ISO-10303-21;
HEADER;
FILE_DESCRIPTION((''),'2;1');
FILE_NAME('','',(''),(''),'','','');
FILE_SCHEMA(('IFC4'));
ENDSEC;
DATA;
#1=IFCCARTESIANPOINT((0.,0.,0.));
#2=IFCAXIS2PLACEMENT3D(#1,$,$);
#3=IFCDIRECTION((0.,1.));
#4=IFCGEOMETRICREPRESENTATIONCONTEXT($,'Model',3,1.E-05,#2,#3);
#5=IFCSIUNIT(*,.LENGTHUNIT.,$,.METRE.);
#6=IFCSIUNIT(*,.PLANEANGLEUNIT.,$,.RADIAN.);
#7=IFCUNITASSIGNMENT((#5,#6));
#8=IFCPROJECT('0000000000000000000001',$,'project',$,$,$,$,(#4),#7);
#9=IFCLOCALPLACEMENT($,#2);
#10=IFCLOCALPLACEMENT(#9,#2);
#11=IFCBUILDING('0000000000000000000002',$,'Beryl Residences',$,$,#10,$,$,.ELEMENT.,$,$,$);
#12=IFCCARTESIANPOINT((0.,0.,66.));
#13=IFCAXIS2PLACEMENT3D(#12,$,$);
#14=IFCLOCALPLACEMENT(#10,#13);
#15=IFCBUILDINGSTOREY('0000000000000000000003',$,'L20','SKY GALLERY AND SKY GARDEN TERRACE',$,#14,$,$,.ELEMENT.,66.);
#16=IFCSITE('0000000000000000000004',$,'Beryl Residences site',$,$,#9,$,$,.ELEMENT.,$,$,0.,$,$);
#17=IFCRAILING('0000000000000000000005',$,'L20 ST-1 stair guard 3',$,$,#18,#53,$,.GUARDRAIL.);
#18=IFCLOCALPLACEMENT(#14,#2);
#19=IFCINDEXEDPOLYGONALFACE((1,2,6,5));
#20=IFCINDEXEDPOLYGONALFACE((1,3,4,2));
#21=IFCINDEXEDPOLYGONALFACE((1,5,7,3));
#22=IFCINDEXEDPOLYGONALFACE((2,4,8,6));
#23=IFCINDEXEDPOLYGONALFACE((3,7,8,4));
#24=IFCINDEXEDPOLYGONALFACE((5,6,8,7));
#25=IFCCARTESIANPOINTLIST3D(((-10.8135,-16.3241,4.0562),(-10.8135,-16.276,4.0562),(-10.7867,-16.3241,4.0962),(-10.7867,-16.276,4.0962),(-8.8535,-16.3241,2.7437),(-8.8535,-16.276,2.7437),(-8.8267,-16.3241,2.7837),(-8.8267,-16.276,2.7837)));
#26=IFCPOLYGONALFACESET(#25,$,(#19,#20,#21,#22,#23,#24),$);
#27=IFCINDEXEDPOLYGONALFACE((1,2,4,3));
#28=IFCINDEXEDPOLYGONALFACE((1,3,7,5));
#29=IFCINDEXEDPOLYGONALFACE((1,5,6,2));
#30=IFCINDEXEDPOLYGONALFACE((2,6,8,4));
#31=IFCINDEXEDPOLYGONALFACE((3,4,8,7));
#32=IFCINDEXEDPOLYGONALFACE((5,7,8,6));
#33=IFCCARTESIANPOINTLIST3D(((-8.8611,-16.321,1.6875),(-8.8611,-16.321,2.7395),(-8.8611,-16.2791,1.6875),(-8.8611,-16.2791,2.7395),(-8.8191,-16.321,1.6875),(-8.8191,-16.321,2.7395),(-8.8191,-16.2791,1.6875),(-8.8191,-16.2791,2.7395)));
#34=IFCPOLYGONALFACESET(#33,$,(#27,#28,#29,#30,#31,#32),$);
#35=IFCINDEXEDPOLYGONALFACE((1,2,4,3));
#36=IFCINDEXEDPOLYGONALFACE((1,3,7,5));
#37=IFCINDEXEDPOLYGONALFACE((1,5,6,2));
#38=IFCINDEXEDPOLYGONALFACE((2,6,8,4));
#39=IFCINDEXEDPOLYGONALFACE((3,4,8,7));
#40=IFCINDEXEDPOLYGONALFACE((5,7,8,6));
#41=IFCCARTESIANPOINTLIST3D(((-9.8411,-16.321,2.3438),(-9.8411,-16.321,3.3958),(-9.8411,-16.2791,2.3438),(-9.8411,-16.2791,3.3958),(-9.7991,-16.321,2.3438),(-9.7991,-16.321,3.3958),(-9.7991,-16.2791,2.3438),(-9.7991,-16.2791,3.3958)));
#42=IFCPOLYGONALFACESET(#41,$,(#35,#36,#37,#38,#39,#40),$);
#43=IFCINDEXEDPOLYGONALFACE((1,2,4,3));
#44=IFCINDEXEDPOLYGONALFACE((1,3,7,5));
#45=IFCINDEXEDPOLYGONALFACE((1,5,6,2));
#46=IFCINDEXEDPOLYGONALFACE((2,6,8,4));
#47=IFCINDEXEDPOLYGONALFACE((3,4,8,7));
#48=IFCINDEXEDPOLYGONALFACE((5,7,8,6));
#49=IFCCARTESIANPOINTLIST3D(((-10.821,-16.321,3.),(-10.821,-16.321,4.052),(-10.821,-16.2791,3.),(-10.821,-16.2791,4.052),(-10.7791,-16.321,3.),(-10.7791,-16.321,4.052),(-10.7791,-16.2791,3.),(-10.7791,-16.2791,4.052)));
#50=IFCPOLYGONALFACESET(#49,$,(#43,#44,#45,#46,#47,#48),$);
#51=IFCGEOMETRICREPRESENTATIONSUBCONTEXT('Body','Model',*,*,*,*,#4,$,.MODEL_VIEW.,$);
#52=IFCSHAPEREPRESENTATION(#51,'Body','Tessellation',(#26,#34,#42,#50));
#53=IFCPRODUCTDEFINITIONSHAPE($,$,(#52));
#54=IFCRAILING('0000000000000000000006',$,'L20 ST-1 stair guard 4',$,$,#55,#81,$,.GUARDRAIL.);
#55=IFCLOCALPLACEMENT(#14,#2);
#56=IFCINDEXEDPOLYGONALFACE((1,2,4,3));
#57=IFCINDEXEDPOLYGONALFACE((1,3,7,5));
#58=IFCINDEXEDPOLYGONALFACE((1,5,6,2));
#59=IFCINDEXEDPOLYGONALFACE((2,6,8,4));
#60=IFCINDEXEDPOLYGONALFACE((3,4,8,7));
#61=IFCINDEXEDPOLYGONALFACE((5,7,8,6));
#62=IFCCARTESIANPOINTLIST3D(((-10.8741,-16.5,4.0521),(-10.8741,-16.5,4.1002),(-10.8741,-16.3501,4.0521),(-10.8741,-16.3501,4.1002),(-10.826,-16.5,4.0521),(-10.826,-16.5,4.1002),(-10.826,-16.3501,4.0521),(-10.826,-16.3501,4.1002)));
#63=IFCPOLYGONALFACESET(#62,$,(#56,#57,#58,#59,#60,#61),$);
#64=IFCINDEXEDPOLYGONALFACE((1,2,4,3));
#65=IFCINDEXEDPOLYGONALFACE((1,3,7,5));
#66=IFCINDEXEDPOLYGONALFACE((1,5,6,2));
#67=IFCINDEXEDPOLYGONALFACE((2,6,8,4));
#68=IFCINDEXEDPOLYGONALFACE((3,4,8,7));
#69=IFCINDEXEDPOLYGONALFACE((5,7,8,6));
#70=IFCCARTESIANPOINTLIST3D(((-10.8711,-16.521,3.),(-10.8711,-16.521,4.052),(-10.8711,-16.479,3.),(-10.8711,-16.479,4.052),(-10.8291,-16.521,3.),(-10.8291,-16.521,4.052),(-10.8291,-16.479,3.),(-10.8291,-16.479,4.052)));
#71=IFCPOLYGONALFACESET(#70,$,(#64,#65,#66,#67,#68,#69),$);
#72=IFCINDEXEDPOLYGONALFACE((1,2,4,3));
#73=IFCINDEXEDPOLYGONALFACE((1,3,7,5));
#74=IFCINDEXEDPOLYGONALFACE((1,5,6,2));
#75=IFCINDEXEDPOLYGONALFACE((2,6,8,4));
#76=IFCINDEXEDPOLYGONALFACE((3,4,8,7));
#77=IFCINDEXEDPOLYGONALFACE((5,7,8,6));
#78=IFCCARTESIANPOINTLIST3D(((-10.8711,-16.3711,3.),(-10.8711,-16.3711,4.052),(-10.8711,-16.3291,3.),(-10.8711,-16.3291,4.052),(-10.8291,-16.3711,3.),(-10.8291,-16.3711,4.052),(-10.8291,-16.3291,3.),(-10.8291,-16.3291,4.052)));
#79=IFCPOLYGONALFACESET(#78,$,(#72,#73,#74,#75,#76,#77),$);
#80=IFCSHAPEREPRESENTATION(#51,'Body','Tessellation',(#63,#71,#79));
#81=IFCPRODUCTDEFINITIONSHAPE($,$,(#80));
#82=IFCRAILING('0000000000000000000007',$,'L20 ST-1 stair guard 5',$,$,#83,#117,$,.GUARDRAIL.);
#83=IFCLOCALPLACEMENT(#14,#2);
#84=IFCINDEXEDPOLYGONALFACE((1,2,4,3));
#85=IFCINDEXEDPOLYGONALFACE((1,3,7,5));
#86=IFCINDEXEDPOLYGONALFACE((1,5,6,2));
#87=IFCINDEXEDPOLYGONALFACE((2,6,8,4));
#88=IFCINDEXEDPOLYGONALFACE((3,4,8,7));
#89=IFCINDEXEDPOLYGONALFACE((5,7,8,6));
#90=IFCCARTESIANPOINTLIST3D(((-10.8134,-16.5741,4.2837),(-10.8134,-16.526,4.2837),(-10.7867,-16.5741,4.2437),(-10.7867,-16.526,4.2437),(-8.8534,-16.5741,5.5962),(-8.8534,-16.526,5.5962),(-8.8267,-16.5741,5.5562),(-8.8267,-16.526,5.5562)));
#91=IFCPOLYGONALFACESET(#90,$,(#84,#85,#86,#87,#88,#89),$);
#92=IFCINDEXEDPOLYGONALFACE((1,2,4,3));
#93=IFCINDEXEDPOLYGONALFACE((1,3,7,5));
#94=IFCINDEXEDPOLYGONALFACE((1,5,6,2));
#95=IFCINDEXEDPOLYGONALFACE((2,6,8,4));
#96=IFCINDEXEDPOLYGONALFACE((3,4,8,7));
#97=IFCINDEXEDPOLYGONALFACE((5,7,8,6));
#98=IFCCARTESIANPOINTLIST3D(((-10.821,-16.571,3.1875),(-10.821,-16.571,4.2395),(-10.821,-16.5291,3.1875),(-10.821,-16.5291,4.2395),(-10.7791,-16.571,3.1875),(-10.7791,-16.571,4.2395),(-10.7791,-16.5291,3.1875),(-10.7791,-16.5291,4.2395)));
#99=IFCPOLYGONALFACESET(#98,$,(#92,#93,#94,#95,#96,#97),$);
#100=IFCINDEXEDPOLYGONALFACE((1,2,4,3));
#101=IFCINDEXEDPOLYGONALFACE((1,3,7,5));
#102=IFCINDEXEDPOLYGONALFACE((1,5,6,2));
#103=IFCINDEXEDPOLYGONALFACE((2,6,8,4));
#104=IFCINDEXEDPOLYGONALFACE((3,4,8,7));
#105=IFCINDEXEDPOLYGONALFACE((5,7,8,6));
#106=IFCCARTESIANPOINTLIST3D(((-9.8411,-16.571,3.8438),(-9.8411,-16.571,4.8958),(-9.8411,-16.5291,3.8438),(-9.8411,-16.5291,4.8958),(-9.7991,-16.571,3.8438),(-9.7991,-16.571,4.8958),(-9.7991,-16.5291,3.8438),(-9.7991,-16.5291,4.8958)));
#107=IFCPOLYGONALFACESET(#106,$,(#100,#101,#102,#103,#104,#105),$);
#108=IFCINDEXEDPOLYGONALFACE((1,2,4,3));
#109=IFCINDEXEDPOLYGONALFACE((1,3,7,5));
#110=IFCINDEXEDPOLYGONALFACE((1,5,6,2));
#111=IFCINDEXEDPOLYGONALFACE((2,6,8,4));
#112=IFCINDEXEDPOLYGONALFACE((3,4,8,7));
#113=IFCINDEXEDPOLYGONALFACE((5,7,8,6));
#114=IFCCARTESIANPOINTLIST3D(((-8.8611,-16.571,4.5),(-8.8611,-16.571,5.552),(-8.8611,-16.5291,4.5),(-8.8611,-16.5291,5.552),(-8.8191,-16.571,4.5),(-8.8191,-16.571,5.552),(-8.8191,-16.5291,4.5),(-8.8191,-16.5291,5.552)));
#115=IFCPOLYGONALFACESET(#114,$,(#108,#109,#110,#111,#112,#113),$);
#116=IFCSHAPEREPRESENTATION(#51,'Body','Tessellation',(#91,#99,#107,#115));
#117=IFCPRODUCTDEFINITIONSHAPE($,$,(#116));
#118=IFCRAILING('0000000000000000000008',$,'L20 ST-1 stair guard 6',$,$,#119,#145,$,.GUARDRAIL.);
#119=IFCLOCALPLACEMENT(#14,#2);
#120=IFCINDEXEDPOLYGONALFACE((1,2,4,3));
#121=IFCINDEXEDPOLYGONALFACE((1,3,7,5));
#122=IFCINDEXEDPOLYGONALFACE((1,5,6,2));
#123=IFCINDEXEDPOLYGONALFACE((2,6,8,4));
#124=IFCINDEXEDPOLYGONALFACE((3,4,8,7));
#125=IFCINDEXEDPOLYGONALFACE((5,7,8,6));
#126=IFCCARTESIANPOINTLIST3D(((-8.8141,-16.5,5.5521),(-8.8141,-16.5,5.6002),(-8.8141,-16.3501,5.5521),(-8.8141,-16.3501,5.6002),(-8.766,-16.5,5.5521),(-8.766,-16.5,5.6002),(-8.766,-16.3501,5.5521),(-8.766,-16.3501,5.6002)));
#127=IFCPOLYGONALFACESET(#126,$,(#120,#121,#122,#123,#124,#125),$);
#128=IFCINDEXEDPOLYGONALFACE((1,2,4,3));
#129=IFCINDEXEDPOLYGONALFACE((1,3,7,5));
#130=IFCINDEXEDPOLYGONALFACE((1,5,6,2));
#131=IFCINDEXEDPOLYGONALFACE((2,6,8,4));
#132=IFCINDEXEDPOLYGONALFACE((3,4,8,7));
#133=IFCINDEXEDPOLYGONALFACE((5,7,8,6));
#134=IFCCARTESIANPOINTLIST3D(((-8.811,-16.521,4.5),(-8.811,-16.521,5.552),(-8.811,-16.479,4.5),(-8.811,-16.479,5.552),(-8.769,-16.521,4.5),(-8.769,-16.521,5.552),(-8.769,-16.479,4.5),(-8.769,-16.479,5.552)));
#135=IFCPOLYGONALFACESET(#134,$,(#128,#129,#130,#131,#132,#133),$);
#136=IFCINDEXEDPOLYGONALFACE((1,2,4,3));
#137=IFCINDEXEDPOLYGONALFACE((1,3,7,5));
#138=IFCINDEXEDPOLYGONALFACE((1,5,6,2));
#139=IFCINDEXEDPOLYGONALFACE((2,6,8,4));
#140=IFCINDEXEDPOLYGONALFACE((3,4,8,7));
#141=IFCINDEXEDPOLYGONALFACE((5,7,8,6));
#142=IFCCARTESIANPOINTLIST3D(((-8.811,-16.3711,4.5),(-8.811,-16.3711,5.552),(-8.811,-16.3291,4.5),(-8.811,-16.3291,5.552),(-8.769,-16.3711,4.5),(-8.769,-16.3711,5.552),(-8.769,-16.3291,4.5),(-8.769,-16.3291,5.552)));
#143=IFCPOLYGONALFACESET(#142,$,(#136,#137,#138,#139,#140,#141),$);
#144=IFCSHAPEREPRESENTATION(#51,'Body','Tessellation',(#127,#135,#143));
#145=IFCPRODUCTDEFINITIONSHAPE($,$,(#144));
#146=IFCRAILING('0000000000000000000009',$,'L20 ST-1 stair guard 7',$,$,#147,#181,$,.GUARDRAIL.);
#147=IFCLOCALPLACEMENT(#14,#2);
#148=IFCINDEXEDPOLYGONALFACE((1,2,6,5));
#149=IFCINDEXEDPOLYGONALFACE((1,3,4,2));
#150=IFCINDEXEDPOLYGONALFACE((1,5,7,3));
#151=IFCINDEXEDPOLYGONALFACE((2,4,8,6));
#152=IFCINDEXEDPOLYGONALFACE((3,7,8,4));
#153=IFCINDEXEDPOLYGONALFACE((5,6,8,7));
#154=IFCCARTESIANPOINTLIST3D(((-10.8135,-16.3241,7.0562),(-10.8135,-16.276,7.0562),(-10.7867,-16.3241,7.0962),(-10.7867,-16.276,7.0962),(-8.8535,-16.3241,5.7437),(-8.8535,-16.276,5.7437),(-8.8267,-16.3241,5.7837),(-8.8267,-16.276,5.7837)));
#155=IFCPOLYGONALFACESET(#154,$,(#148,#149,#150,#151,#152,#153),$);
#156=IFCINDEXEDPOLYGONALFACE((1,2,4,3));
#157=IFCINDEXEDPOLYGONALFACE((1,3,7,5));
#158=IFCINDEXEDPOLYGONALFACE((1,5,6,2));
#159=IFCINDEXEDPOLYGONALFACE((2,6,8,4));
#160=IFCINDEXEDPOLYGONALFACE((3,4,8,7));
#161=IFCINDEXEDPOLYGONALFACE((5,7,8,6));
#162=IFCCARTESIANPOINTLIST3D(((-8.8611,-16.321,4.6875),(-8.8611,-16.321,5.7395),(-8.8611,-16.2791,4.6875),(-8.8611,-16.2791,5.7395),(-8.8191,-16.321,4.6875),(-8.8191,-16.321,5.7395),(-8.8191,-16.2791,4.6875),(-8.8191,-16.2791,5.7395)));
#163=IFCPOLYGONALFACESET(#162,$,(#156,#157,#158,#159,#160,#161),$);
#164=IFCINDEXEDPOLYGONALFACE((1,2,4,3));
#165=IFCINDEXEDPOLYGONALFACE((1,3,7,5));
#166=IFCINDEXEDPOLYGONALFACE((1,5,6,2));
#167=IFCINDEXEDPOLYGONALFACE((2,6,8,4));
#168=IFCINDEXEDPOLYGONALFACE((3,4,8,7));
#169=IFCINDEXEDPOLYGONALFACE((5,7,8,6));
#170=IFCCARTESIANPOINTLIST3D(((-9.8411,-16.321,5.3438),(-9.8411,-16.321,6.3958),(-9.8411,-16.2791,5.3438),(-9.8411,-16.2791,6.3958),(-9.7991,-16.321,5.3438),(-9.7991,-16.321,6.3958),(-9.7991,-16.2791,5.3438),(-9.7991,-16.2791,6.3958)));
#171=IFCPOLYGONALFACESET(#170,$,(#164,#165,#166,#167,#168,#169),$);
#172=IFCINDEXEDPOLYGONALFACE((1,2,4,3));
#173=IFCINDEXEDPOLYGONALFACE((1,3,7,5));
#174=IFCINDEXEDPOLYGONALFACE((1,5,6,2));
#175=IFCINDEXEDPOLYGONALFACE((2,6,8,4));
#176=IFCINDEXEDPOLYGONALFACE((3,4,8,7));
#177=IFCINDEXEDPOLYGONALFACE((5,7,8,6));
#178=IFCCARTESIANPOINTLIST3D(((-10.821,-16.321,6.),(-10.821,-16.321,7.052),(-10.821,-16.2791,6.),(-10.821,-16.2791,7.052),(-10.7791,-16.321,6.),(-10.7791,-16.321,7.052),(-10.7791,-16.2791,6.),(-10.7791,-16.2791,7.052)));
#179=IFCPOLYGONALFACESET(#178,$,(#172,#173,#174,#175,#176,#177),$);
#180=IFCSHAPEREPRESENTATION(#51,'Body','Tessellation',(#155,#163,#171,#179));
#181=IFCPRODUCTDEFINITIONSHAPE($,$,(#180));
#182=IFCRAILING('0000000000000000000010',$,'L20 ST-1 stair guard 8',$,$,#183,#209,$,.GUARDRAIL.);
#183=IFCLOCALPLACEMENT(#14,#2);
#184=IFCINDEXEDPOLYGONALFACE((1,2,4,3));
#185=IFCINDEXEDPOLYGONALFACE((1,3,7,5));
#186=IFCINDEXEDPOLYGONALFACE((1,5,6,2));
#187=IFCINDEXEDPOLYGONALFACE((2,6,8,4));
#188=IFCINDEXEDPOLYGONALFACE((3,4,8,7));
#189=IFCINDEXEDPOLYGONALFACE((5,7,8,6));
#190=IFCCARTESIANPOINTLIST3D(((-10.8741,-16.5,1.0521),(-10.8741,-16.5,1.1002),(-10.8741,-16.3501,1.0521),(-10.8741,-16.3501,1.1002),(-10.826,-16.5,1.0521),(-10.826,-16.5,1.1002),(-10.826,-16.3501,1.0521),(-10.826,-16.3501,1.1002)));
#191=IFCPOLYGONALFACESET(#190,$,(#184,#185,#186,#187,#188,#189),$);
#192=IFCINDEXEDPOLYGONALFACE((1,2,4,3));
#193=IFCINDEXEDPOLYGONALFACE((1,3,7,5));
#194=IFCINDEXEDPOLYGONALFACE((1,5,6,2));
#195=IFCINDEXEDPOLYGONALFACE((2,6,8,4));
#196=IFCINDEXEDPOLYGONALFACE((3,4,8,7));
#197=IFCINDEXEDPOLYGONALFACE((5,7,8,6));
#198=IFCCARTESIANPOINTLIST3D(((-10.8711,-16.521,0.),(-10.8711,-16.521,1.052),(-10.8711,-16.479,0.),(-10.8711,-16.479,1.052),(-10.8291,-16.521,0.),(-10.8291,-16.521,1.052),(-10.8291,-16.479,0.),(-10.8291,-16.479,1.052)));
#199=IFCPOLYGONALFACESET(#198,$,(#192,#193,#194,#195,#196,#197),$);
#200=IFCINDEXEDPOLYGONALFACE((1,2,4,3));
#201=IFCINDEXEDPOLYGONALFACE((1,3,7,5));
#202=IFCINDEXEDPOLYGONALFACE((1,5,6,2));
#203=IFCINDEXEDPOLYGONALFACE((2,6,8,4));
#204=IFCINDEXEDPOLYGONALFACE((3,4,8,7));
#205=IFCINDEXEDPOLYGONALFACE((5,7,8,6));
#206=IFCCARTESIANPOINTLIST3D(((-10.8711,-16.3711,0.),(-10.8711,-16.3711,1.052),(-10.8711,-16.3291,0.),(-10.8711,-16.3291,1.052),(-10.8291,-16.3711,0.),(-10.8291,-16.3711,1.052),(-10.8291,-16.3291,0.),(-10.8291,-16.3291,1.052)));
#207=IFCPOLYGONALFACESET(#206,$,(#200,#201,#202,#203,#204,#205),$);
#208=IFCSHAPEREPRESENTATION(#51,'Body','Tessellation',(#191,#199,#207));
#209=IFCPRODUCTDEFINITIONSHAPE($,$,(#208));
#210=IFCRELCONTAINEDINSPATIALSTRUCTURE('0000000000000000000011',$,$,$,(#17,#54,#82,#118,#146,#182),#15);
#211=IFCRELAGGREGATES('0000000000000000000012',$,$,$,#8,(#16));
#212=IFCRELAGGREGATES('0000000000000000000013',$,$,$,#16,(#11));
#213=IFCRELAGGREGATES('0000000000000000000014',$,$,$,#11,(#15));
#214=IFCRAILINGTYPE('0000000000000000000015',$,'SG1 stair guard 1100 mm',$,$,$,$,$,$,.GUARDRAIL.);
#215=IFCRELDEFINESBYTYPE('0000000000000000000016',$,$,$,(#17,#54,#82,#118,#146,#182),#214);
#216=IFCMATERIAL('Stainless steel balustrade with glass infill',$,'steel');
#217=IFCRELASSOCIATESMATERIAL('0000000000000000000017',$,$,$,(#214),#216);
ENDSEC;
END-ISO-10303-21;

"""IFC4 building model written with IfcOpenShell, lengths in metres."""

from ifc_helpers import new_model, si_unit, direction, frame, origin, origin_2d, place, context, subcontext, project, spatial, rectangle, extrude, material, type_object, element, save


model = new_model("IFC4")

# Units and contexts
model_context = context("Model", 3, precision=1e-05, world=origin(), true_north=direction((0.0, 1.0)))
body_context = subcontext(model_context, "Body", "Model", "MODEL_VIEW")
ifc_project = project(units=[si_unit("LENGTHUNIT", "METRE"), si_unit("PLANEANGLEUNIT", "RADIAN")], contexts=[model_context])

# Site, building, storey
site_placement = place(None, origin())
site = spatial("IfcSite", under=ifc_project, at=site_placement, Name="Beryl Residences site", CompositionType="ELEMENT", RefElevation=0.0)
building_placement = place(site_placement, origin())
building = spatial("IfcBuilding", under=site, at=building_placement, Name="Beryl Residences", CompositionType="ELEMENT")
storey_placement = place(building_placement, frame((0.0, 0.0, 66.0)))
storey = spatial("IfcBuildingStorey", under=building, at=storey_placement, Name="L20", Description="SKY GALLERY AND SKY GARDEN TERRACE", CompositionType="ELEMENT", Elevation=66.0)

# Railings
ifc_material_1 = material(Name="Stainless steel balustrade with glass infill", Category="steel")
railing_type_1 = type_object("IfcRailingType", Name="SG1 stair guard 1100 mm", PredefinedType="GUARDRAIL", material=ifc_material_1)
railing_1_placement = place(storey_placement, frame((-8.8401, -16.3, 1.6875)))
element("IfcRailing", 1, at=railing_1_placement, inside=storey, type_object=railing_type_1, Name="L20 ST-1 stair guard 3", PredefinedType="GUARDRAIL", context=body_context, shape_type="SweptSolid", body=[
    extrude(rectangle(XDim=0.0481, YDim=0.0481, at=origin_2d()), frame((0.0, 0.0, 1.0762), z_axis=(-0.830902, 0.0, 0.556419), x_axis=(0.0, -1.0, 0.0)), (0.0, 0.0, 1.0), 2.3589),
    extrude(rectangle(XDim=0.042, YDim=0.042, at=origin_2d()), origin(), (0.0, 0.0, 1.0), 1.052),
    extrude(rectangle(XDim=0.042, YDim=0.042, at=origin_2d()), frame((-0.98, 0.0, 0.6562)), (0.0, 0.0, 1.0), 1.052),
    extrude(rectangle(XDim=0.042, YDim=0.042, at=origin_2d()), frame((-1.96, 0.0, 1.3125)), (0.0, 0.0, 1.0), 1.052),
])
railing_2_placement = place(storey_placement, frame((-10.8501, -16.5, 3.0)))
element("IfcRailing", 2, at=railing_2_placement, inside=storey, type_object=railing_type_1, Name="L20 ST-1 stair guard 4", PredefinedType="GUARDRAIL", context=body_context, shape_type="SweptSolid", body=[
    extrude(rectangle(XDim=0.0481, YDim=0.0481, at=origin_2d()), frame((0.0, 0.0, 1.0762), z_axis=(0.0, 1.0, 0.0), x_axis=(-1.0, 0.0, 0.0)), (0.0, 0.0, 1.0), 0.1499),
    extrude(rectangle(XDim=0.042, YDim=0.042, at=origin_2d()), origin(), (0.0, 0.0, 1.0), 1.052),
    extrude(rectangle(XDim=0.042, YDim=0.042, at=origin_2d()), frame((0.0, 0.1499, 0.0)), (0.0, 0.0, 1.0), 1.052),
])
railing_3_placement = place(storey_placement, frame((-10.8, -16.55, 3.1875)))
element("IfcRailing", 3, at=railing_3_placement, inside=storey, type_object=railing_type_1, Name="L20 ST-1 stair guard 5", PredefinedType="GUARDRAIL", context=body_context, shape_type="SweptSolid", body=[
    extrude(rectangle(XDim=0.0481, YDim=0.0481, at=origin_2d()), frame((0.0, 0.0, 1.0762), z_axis=(0.830902, 0.0, 0.556419), x_axis=(0.0, 1.0, 0.0)), (0.0, 0.0, 1.0), 2.3589),
    extrude(rectangle(XDim=0.042, YDim=0.042, at=origin_2d()), origin(), (0.0, 0.0, 1.0), 1.052),
    extrude(rectangle(XDim=0.042, YDim=0.042, at=origin_2d()), frame((0.98, 0.0, 0.6562)), (0.0, 0.0, 1.0), 1.052),
    extrude(rectangle(XDim=0.042, YDim=0.042, at=origin_2d()), frame((1.96, 0.0, 1.3125)), (0.0, 0.0, 1.0), 1.052),
])
railing_4_placement = place(storey_placement, frame((-8.79, -16.5, 4.5)))
element("IfcRailing", 4, at=railing_4_placement, inside=storey, type_object=railing_type_1, Name="L20 ST-1 stair guard 6", PredefinedType="GUARDRAIL", context=body_context, shape_type="SweptSolid", body=[
    extrude(rectangle(XDim=0.0481, YDim=0.0481, at=origin_2d()), frame((0.0, 0.0, 1.0762), z_axis=(0.0, 1.0, 0.0), x_axis=(-1.0, 0.0, 0.0)), (0.0, 0.0, 1.0), 0.1499),
    extrude(rectangle(XDim=0.042, YDim=0.042, at=origin_2d()), origin(), (0.0, 0.0, 1.0), 1.052),
    extrude(rectangle(XDim=0.042, YDim=0.042, at=origin_2d()), frame((0.0, 0.1499, 0.0)), (0.0, 0.0, 1.0), 1.052),
])
railing_5_placement = place(storey_placement, frame((-8.8401, -16.3, 4.6875)))
element("IfcRailing", 5, at=railing_5_placement, inside=storey, type_object=railing_type_1, Name="L20 ST-1 stair guard 7", PredefinedType="GUARDRAIL", context=body_context, shape_type="SweptSolid", body=[
    extrude(rectangle(XDim=0.0481, YDim=0.0481, at=origin_2d()), frame((0.0, 0.0, 1.0762), z_axis=(-0.830902, 0.0, 0.556419), x_axis=(0.0, -1.0, 0.0)), (0.0, 0.0, 1.0), 2.3589),
    extrude(rectangle(XDim=0.042, YDim=0.042, at=origin_2d()), origin(), (0.0, 0.0, 1.0), 1.052),
    extrude(rectangle(XDim=0.042, YDim=0.042, at=origin_2d()), frame((-0.98, 0.0, 0.6562)), (0.0, 0.0, 1.0), 1.052),
    extrude(rectangle(XDim=0.042, YDim=0.042, at=origin_2d()), frame((-1.96, 0.0, 1.3125)), (0.0, 0.0, 1.0), 1.052),
])
railing_6_placement = place(storey_placement, frame((-10.8501, -16.5, 0.0)))
element("IfcRailing", 6, at=railing_6_placement, inside=storey, type_object=railing_type_1, Name="L20 ST-1 stair guard 8", PredefinedType="GUARDRAIL", context=body_context, shape_type="SweptSolid", body=[
    extrude(rectangle(XDim=0.0481, YDim=0.0481, at=origin_2d()), frame((0.0, 0.0, 1.0762), z_axis=(0.0, 1.0, 0.0), x_axis=(-1.0, 0.0, 0.0)), (0.0, 0.0, 1.0), 0.1499),
    extrude(rectangle(XDim=0.042, YDim=0.042, at=origin_2d()), origin(), (0.0, 0.0, 1.0), 1.052),
    extrude(rectangle(XDim=0.042, YDim=0.042, at=origin_2d()), frame((0.0, 0.1499, 0.0)), (0.0, 0.0, 1.0), 1.052),
])

save(model, "model.ifc")
